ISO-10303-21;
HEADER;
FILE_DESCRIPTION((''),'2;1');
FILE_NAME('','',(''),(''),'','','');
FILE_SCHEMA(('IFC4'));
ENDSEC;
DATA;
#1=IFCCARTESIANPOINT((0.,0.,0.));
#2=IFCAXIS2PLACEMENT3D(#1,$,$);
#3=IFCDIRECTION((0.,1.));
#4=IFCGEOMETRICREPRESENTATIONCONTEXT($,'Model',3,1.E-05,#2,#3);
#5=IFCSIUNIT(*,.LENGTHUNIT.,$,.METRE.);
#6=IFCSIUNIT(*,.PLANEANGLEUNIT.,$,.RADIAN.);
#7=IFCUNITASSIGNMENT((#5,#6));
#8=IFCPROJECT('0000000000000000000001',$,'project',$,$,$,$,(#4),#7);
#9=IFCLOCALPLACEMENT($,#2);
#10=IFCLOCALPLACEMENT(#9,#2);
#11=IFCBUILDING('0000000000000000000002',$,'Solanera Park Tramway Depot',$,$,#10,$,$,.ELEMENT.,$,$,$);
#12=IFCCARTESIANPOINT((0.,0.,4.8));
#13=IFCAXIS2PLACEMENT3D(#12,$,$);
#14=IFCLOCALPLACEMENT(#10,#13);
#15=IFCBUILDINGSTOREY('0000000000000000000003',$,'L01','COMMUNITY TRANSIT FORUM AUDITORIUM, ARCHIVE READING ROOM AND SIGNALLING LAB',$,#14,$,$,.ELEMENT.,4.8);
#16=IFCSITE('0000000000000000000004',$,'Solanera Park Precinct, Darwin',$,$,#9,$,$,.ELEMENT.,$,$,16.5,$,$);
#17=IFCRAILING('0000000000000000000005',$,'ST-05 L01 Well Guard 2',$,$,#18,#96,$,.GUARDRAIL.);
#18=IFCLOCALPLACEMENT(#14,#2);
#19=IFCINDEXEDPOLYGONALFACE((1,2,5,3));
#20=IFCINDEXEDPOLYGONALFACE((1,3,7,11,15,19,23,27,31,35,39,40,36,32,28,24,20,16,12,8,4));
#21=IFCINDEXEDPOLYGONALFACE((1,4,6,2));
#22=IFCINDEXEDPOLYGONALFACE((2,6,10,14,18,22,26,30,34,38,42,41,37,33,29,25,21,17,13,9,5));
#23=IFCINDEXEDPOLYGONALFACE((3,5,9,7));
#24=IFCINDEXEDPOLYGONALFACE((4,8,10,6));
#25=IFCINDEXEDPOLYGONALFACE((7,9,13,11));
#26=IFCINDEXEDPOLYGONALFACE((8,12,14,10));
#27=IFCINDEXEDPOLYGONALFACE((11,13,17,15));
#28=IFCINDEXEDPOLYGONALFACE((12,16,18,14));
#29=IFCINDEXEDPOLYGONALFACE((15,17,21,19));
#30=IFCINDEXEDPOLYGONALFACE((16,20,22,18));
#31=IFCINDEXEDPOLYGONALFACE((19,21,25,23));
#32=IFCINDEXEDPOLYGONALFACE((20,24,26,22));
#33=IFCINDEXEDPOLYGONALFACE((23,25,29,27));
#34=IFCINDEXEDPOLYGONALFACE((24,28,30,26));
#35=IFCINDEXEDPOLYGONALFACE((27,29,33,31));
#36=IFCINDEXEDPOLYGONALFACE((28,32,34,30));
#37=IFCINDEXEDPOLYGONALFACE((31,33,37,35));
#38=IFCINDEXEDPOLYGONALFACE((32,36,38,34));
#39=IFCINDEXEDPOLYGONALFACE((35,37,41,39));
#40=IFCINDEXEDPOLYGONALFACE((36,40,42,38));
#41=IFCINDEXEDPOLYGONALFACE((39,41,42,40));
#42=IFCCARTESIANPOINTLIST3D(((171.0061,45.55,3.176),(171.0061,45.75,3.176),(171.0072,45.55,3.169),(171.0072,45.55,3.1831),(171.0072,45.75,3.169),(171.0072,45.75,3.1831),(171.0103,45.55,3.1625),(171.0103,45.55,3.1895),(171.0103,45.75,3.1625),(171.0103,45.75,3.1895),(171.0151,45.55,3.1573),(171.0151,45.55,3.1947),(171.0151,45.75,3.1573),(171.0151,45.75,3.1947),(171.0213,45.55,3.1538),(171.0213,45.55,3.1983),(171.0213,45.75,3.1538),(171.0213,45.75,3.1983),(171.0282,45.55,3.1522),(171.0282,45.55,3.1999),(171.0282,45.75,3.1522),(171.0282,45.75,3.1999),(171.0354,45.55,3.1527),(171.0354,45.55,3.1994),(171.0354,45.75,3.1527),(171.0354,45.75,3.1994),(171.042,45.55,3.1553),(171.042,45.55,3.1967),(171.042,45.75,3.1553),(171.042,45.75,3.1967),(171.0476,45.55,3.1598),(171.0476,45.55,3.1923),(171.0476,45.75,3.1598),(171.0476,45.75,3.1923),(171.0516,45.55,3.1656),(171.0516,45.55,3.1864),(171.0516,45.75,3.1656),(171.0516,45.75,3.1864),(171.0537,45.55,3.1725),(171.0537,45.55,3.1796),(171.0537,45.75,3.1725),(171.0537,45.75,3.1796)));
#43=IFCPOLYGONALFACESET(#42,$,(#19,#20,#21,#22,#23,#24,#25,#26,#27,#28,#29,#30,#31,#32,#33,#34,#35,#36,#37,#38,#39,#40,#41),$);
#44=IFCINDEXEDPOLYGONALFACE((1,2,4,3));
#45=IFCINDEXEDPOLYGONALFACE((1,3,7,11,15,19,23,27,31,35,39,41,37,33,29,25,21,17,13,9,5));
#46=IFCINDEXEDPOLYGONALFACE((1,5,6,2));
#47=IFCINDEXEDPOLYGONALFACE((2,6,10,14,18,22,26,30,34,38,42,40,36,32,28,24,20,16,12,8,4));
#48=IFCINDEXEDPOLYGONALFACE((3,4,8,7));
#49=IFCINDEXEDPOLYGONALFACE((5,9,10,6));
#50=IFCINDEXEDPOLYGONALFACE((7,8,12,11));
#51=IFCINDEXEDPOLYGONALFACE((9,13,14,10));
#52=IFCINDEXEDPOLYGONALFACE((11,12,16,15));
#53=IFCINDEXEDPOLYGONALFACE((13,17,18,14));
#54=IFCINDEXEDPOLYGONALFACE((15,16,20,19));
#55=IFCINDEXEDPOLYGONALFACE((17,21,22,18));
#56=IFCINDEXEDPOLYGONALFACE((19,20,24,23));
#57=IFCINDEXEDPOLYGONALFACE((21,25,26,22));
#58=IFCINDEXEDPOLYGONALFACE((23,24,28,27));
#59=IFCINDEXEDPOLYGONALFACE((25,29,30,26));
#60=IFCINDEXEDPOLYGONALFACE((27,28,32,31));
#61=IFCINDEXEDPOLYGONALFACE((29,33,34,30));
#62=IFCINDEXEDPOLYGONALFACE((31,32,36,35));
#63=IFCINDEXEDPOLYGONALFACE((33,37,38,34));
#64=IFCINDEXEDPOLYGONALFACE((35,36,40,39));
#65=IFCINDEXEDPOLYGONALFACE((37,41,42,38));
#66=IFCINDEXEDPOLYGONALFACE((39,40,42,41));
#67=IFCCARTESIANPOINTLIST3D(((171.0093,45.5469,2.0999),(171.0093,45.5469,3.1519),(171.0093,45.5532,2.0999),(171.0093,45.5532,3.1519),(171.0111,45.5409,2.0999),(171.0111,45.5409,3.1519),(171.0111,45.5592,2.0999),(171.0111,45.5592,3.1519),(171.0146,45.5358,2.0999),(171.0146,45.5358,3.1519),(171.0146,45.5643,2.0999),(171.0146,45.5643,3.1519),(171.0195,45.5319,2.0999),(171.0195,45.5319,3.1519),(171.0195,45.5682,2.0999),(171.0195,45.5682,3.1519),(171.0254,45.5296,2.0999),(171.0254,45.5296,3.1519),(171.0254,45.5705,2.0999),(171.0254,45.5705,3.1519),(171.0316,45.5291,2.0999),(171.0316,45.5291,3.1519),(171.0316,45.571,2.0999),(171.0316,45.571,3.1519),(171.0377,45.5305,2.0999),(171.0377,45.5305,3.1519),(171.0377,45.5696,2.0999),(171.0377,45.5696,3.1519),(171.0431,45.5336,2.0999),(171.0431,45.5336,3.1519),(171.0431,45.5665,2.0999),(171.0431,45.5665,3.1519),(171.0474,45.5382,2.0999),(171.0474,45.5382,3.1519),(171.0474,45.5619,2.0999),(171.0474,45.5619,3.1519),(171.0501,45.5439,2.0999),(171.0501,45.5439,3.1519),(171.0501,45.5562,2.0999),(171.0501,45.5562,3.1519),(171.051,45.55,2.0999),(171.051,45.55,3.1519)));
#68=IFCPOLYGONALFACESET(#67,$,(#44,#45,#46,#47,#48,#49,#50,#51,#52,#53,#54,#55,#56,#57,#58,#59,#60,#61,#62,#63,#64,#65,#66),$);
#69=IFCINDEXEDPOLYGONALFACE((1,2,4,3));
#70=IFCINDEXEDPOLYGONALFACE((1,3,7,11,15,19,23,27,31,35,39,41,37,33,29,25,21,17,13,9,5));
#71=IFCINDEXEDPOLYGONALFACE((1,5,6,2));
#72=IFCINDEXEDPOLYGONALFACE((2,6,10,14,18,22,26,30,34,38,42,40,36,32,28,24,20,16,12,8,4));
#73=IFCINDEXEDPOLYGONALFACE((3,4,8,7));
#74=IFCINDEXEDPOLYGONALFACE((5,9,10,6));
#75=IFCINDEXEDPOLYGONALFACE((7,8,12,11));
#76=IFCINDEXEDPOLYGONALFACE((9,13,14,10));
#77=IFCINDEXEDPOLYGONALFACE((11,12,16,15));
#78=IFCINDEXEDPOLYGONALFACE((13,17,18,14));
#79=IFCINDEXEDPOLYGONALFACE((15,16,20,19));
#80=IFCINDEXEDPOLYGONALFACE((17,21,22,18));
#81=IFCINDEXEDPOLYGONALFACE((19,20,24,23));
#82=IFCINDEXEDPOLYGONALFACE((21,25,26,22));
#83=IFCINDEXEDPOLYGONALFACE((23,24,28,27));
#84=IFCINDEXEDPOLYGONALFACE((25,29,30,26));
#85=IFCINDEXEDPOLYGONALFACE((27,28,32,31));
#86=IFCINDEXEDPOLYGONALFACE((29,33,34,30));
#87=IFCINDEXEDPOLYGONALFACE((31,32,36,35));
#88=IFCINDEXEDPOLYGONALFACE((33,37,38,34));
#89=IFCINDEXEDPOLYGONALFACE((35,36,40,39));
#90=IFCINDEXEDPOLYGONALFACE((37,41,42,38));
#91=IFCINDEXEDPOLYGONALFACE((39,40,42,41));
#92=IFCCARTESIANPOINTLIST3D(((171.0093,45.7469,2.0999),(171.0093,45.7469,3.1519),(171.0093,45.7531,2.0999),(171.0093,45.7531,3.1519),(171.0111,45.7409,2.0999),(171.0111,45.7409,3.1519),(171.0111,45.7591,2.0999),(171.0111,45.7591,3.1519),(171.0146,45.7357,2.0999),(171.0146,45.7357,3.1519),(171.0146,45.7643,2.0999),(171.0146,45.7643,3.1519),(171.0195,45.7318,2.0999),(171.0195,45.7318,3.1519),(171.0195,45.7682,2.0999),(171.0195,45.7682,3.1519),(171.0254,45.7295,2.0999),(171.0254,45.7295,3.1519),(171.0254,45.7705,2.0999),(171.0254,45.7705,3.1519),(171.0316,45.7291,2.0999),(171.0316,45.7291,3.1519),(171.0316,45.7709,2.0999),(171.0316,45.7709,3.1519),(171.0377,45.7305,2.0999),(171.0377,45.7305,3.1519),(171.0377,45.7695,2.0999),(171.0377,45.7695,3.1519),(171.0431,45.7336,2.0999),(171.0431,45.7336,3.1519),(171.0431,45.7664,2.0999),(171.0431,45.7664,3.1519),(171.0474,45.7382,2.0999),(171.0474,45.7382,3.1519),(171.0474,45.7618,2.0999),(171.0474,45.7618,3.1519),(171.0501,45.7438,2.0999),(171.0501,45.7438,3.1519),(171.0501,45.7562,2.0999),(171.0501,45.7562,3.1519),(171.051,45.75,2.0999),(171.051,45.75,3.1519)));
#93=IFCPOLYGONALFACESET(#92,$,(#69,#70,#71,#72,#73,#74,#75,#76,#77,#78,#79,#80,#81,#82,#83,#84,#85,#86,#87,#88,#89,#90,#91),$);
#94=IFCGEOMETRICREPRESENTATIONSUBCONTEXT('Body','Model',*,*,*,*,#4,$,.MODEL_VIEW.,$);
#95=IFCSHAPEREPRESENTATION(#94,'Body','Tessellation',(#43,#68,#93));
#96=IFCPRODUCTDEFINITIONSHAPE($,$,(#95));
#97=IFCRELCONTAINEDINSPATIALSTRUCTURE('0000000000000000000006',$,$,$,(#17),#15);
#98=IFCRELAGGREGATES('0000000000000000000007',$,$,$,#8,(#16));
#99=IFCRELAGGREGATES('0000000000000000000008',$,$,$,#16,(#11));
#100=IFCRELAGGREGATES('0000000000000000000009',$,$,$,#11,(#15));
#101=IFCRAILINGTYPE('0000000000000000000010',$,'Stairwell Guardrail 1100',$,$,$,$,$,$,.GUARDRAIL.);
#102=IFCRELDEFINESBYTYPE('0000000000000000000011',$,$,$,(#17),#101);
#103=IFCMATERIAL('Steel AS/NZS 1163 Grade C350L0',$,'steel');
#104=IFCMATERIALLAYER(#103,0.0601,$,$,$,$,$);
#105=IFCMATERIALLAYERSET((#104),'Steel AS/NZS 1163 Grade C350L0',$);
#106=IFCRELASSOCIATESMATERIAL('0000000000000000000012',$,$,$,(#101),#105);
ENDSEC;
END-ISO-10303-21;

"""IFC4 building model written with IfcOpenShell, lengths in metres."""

from ifc_helpers import new_model, si_unit, direction, frame, origin, origin_2d, place, context, subcontext, project, spatial, circle, extrude, material, layer, layer_set, type_object, element, save


model = new_model("IFC4")

# Units and contexts
model_context = context("Model", 3, precision=1e-05, world=origin(), true_north=direction((0.0, 1.0)))
body_context = subcontext(model_context, "Body", "Model", "MODEL_VIEW")
ifc_project = project(units=[si_unit("LENGTHUNIT", "METRE"), si_unit("PLANEANGLEUNIT", "RADIAN")], contexts=[model_context])

# Site, building, storey
site_placement = place(None, origin())
site = spatial("IfcSite", under=ifc_project, at=site_placement, Name="Solanera Park Precinct, Darwin", CompositionType="ELEMENT", RefElevation=16.5)
building_placement = place(site_placement, origin())
building = spatial("IfcBuilding", under=site, at=building_placement, Name="Solanera Park Tramway Depot", CompositionType="ELEMENT")
storey_placement = place(building_placement, frame((0.0, 0.0, 4.8)))
storey = spatial("IfcBuildingStorey", under=building, at=storey_placement, Name="L01", Description="COMMUNITY TRANSIT FORUM AUDITORIUM, ARCHIVE READING ROOM AND SIGNALLING LAB", CompositionType="ELEMENT", Elevation=4.8)

# Railing
ifc_material_1 = material(Name="Steel AS/NZS 1163 Grade C350L0", Category="steel")
ifc_layer_1 = layer(ifc_material_1, 0.0601)
ifc_layer_set_1 = layer_set([ifc_layer_1], Name="Steel AS/NZS 1163 Grade C350L0")
railing_type_1 = type_object("IfcRailingType", Name="Stairwell Guardrail 1100", PredefinedType="GUARDRAIL", material=ifc_layer_set_1)
railing_1_placement = place(storey_placement, frame((171.03, 45.55, 2.0999)))
element("IfcRailing", 1, at=railing_1_placement, inside=storey, type_object=railing_type_1, Name="ST-05 L01 Well Guard 2", PredefinedType="GUARDRAIL", context=body_context, shape_type="SweptSolid", body=[
    extrude(circle(Radius=0.0239, at=origin_2d()), frame((0.0, 0.0, 1.0762), z_axis=(0.0, 1.0, 0.0), x_axis=(-1.0, 0.0, 0.0)), (0.0, 0.0, 1.0), 0.2),
    extrude(circle(Radius=0.021, at=origin_2d()), origin(), (0.0, 0.0, 1.0), 1.052),
    extrude(circle(Radius=0.021, at=origin_2d()), frame((0.0, 0.2, 0.0)), (0.0, 0.0, 1.0), 1.052),
])

save(model, "model.ifc")
